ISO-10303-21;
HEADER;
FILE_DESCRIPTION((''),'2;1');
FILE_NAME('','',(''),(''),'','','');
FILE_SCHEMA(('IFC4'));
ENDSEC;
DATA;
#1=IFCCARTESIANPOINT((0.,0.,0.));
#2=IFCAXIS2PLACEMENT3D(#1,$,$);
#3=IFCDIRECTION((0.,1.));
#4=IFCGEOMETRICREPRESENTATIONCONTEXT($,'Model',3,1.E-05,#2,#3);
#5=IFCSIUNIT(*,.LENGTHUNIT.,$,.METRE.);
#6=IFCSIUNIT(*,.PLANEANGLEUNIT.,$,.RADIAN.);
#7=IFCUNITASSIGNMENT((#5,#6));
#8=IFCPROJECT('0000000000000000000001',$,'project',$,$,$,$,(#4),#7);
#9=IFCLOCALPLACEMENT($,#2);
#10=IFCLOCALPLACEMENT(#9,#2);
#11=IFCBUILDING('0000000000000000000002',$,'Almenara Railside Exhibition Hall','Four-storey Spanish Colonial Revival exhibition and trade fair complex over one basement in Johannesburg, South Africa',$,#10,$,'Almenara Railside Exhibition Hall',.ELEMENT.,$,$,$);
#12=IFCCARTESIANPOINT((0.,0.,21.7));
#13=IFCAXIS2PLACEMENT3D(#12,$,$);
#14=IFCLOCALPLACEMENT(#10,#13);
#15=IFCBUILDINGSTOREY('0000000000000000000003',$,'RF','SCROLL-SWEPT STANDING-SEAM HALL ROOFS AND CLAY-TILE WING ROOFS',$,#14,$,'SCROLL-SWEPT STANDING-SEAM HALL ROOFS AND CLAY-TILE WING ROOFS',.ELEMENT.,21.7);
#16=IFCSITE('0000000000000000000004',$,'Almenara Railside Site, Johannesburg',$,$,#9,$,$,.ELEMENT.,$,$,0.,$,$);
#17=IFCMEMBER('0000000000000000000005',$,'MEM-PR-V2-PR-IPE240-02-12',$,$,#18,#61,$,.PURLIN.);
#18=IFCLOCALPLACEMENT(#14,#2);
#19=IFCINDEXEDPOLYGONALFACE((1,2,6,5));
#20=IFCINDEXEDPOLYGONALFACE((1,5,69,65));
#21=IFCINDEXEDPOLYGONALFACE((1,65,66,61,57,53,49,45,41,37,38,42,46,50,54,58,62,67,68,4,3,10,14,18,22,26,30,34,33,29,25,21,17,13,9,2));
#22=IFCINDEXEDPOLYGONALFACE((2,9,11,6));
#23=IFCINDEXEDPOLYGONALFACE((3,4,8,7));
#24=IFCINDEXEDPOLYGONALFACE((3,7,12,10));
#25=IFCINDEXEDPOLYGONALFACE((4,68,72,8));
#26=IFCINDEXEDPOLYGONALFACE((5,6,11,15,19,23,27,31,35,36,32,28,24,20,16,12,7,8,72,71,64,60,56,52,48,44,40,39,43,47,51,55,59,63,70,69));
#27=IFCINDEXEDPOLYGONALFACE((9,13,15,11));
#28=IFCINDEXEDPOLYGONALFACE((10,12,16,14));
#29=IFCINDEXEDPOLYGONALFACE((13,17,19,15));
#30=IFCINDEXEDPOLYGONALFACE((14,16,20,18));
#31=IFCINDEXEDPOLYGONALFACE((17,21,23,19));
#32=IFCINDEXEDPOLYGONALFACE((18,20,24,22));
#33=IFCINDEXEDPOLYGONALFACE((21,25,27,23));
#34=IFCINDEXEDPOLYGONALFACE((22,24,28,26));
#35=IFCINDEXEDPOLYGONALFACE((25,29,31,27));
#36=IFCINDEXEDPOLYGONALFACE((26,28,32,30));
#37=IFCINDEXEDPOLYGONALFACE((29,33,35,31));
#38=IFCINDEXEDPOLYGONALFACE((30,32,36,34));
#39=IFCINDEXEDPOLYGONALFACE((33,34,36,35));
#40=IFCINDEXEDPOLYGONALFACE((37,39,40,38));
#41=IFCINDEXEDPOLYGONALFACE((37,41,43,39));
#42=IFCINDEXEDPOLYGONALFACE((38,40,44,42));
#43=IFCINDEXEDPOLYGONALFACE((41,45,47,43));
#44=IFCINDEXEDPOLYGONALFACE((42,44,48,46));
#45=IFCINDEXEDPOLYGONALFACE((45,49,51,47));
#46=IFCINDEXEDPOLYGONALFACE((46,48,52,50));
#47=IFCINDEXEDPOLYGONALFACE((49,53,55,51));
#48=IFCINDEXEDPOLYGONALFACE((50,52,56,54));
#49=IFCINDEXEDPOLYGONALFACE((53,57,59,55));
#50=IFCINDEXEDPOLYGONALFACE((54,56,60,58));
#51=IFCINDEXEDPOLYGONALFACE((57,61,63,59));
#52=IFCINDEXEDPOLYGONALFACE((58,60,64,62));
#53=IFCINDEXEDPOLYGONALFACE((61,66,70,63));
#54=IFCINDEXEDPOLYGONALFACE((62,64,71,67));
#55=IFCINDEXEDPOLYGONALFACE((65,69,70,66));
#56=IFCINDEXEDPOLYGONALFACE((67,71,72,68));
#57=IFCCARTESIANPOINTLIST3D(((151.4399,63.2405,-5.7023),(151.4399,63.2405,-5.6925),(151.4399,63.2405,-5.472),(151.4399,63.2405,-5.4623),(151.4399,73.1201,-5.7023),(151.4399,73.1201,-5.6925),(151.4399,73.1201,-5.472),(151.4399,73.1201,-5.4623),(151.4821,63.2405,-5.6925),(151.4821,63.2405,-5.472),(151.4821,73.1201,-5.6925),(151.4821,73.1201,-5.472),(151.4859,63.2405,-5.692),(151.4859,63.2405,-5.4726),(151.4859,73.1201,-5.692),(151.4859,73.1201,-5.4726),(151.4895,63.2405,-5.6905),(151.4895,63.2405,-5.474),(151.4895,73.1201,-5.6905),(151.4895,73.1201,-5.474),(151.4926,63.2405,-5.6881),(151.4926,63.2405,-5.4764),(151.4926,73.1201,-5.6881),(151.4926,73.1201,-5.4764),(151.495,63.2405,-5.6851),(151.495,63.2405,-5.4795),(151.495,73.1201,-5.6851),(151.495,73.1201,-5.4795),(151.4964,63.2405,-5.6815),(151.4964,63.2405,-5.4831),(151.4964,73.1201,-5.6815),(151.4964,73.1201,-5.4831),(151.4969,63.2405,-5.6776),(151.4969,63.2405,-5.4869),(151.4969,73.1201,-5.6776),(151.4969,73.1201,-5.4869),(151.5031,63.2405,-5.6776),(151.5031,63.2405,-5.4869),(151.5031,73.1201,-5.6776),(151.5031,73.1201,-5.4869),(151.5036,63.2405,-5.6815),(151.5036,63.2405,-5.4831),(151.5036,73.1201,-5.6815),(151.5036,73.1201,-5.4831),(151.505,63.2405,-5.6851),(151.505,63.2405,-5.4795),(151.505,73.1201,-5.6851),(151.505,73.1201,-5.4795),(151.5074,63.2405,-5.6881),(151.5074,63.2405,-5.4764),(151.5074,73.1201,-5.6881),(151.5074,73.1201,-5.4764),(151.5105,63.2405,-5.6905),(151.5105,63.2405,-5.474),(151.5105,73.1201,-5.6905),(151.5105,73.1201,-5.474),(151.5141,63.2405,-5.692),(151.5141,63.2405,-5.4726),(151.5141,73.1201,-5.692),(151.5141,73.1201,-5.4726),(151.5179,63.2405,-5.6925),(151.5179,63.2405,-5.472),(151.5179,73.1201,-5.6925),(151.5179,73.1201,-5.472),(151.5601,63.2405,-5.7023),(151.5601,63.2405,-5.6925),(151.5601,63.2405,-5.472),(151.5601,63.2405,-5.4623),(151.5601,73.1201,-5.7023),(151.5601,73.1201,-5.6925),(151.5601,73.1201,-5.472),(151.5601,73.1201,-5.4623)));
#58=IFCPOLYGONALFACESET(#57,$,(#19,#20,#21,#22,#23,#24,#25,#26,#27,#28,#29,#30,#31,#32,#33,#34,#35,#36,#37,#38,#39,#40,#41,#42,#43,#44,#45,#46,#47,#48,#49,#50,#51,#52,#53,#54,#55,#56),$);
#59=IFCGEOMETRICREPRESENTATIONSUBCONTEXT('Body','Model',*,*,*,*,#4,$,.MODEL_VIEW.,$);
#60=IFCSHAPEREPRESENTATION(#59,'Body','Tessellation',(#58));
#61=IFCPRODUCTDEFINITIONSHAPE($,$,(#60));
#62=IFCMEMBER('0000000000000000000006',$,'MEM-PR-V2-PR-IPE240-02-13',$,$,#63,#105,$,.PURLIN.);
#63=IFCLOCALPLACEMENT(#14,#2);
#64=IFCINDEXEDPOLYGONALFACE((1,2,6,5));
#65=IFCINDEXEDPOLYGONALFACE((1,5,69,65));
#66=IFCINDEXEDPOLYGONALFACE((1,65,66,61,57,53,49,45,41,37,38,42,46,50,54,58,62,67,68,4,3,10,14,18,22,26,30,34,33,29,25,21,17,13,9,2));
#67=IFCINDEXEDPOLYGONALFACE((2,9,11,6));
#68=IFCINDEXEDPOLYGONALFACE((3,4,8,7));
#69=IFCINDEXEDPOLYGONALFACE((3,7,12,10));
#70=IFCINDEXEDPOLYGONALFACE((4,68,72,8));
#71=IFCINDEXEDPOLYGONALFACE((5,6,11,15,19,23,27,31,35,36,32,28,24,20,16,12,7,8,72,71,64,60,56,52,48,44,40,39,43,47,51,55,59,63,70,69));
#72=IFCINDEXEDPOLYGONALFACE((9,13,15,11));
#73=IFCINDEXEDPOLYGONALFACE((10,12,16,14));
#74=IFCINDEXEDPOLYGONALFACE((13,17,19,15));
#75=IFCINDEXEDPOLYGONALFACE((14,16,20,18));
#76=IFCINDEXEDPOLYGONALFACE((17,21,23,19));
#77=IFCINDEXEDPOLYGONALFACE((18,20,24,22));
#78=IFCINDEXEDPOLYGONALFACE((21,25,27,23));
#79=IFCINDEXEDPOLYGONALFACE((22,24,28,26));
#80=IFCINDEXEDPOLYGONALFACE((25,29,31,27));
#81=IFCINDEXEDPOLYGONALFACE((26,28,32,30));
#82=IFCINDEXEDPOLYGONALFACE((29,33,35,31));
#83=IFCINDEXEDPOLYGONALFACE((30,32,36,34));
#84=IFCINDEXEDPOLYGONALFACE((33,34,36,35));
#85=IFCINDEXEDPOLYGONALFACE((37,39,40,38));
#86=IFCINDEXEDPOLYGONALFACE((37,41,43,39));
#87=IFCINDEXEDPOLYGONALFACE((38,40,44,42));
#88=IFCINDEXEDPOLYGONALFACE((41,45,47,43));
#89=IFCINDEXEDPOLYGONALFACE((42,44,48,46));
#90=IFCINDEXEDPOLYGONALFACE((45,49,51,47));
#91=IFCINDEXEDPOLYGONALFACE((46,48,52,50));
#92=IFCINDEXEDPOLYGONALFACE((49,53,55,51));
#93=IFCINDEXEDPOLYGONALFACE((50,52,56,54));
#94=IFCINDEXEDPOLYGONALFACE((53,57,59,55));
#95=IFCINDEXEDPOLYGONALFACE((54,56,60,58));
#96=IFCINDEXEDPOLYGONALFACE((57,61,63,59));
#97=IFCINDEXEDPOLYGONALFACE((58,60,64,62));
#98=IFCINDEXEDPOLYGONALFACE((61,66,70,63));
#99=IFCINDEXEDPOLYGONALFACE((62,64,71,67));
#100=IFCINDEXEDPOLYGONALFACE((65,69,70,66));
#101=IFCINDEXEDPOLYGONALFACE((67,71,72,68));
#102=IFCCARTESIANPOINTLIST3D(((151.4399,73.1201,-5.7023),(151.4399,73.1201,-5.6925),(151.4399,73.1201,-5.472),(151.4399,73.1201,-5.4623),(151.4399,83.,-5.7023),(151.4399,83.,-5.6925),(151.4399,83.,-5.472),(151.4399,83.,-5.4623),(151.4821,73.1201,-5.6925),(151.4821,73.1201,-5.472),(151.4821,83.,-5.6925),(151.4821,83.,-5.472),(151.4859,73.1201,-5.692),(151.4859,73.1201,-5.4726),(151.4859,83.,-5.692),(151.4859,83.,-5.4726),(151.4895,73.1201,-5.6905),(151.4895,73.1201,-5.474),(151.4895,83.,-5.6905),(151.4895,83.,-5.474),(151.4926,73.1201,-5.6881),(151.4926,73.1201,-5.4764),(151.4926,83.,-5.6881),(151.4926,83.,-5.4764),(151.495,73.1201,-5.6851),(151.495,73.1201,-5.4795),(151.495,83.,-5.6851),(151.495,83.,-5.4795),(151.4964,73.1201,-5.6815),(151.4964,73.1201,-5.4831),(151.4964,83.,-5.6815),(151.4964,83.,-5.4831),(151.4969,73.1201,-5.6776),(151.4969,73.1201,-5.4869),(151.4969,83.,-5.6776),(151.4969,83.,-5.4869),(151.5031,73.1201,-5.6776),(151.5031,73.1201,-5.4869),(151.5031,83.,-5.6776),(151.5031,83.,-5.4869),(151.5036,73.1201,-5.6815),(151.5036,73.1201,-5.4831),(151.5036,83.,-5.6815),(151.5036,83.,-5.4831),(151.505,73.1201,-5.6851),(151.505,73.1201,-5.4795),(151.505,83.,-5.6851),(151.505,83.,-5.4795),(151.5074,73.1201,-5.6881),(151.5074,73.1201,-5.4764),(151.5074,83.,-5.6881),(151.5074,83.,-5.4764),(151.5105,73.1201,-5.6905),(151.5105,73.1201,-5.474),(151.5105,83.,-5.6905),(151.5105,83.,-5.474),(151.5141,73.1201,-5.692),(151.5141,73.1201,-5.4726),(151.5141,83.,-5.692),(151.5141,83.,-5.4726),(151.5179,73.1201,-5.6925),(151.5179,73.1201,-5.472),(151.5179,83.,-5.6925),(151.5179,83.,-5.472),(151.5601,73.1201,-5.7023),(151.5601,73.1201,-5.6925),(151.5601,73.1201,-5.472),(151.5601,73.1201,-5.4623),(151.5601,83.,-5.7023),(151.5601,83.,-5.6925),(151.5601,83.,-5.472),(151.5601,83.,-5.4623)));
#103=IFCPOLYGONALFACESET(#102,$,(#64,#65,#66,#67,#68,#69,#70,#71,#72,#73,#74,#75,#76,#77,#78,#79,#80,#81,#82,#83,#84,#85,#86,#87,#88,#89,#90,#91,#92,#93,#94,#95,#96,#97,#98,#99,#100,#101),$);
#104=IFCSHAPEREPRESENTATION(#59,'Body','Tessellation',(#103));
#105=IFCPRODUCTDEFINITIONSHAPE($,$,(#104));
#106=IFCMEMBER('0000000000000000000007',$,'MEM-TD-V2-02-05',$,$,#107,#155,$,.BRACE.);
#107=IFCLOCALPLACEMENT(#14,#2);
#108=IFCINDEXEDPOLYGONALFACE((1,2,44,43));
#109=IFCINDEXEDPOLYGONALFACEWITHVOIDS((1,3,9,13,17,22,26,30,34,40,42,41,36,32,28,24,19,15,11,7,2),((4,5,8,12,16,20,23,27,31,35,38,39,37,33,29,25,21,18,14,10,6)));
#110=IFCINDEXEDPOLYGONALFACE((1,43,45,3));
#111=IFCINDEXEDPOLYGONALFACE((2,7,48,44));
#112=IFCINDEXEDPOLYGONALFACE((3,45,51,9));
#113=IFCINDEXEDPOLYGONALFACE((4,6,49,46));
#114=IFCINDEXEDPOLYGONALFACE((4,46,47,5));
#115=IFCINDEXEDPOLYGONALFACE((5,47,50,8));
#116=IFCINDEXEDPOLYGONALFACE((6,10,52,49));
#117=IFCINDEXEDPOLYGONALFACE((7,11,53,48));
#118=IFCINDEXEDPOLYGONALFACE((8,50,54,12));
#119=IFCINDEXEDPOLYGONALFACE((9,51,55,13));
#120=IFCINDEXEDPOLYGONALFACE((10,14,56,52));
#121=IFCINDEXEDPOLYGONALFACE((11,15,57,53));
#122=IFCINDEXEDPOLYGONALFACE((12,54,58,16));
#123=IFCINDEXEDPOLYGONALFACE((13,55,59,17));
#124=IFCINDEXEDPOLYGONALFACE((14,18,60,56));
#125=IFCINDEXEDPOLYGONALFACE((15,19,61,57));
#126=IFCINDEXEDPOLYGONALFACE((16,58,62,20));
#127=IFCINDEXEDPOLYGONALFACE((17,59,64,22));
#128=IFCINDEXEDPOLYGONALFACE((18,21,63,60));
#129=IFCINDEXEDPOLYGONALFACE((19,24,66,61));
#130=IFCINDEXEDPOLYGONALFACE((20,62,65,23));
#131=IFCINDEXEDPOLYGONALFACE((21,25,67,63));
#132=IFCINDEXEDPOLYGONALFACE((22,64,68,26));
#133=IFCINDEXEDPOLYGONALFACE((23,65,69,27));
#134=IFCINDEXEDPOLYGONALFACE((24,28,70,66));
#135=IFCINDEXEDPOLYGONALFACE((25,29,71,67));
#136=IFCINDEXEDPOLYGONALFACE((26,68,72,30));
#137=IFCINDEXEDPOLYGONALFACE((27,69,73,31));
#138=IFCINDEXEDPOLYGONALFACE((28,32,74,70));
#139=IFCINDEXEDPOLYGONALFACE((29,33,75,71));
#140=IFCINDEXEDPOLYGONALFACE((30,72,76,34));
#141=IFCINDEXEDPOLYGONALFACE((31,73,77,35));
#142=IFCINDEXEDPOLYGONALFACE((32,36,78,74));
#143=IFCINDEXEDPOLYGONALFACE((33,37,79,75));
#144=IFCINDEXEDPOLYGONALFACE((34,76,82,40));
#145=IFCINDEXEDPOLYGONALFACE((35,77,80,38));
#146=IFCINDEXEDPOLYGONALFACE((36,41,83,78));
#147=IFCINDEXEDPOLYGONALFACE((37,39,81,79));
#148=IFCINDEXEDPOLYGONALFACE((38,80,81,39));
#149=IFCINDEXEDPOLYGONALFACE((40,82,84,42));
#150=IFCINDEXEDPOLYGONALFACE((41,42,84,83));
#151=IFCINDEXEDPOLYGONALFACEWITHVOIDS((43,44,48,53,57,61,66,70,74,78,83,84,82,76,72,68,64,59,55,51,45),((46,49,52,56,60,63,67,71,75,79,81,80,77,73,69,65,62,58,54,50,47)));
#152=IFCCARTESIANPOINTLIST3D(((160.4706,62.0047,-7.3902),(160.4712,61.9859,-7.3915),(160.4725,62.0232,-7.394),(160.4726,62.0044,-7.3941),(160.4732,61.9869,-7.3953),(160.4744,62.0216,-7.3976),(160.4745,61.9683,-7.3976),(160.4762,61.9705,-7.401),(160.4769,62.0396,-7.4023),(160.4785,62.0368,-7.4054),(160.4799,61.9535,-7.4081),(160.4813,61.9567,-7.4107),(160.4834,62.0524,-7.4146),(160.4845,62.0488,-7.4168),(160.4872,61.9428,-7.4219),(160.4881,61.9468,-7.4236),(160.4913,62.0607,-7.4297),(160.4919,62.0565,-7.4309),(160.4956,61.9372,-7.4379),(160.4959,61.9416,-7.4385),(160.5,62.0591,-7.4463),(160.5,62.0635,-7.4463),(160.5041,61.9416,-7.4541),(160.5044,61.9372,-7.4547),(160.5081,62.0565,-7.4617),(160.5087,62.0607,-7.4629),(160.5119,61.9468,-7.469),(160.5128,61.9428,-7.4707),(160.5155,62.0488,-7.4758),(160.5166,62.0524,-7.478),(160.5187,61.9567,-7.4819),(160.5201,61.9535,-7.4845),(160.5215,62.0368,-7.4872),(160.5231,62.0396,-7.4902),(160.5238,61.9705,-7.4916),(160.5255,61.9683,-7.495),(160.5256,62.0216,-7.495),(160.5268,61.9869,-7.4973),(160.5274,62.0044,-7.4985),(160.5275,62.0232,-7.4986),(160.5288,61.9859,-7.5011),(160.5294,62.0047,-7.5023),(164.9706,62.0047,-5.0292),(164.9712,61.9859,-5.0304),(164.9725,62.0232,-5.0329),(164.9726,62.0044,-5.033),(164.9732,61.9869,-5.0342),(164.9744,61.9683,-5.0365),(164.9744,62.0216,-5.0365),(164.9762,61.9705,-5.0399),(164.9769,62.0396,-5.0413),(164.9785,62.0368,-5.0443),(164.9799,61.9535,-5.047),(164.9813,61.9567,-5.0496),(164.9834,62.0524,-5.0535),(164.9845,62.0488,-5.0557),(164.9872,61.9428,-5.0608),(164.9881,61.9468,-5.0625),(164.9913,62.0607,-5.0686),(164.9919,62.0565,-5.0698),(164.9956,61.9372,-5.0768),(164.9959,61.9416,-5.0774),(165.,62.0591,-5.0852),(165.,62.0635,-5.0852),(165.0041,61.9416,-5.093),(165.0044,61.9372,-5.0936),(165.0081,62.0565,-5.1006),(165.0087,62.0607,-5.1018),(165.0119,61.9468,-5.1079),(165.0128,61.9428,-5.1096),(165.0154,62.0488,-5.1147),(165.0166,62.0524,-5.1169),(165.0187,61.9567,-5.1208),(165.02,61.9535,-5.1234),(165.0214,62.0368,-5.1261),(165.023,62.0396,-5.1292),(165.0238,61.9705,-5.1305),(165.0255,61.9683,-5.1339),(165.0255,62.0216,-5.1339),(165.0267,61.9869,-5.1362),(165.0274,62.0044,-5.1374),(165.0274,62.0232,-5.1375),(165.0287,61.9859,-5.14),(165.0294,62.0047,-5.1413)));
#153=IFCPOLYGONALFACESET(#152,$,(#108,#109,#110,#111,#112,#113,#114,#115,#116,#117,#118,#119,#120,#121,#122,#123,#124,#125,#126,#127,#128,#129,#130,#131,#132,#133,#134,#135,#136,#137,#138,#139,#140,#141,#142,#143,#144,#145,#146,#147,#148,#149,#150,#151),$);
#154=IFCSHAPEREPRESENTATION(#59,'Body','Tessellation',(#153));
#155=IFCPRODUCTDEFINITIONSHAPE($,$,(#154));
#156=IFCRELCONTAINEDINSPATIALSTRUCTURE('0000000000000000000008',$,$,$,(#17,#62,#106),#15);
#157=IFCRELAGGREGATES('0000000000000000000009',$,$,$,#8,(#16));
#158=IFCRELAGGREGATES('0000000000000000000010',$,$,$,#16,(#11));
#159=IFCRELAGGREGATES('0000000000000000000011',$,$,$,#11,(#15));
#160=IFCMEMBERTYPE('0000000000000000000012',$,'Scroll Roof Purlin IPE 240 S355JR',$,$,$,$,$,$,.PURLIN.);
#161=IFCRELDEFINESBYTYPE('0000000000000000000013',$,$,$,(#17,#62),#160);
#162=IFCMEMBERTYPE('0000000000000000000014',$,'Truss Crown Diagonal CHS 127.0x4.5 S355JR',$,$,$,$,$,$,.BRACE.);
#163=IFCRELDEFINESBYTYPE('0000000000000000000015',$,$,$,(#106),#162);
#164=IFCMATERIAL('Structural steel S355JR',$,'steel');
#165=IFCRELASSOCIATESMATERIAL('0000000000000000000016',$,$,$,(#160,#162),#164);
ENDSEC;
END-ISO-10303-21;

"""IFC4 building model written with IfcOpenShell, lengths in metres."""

from ifc_helpers import new_model, si_unit, direction, frame, origin, origin_2d, place, context, subcontext, project, spatial, hollow_circle, i_section, extrude, material, material_profile, profile_set, type_object, element, save


model = new_model("IFC4")

# Units and contexts
model_context = context("Model", 3, precision=1e-05, world=origin(), true_north=direction((0.0, 1.0)))
body_context = subcontext(model_context, "Body", "Model", "MODEL_VIEW")
ifc_project = project(units=[si_unit("LENGTHUNIT", "METRE"), si_unit("PLANEANGLEUNIT", "RADIAN")], contexts=[model_context])

# Site, building, storey
site_placement = place(None, origin())
site = spatial("IfcSite", under=ifc_project, at=site_placement, Name="Almenara Railside Site, Johannesburg", CompositionType="ELEMENT", RefElevation=0.0)
building_placement = place(site_placement, origin())
building = spatial("IfcBuilding", under=site, at=building_placement, Name="Almenara Railside Exhibition Hall", Description="Four-storey Spanish Colonial Revival exhibition and trade fair complex over one basement in Johannesburg, South Africa", LongName="Almenara Railside Exhibition Hall", CompositionType="ELEMENT")
storey_placement = place(building_placement, frame((0.0, 0.0, 21.7)))
storey = spatial("IfcBuildingStorey", under=building, at=storey_placement, Name="RF", Description="SCROLL-SWEPT STANDING-SEAM HALL ROOFS AND CLAY-TILE WING ROOFS", LongName="SCROLL-SWEPT STANDING-SEAM HALL ROOFS AND CLAY-TILE WING ROOFS", CompositionType="ELEMENT", Elevation=21.7)

# Members
ifc_material_1 = material(Name="Structural steel S355JR", Category="steel")
ifc_material_profile_1 = material_profile(ifc_material_1, i_section(OverallWidth=0.1201, OverallDepth=0.24, WebThickness=0.0061, FlangeThickness=0.0098, FilletRadius=0.0149, at=origin_2d()), Name="IPE 240")
ifc_profile_set_1 = profile_set([ifc_material_profile_1], Name="Structural steel S355JR")
member_type_1 = type_object("IfcMemberType", Name="Scroll Roof Purlin IPE 240 S355JR", PredefinedType="PURLIN", material=ifc_profile_set_1)
member_1_placement = place(storey_placement, frame((151.5, 63.2405, -5.5823), z_axis=(0.0, 1.0, 0.0), x_axis=(-1.0, 0.0, 0.0)))
element("IfcMember", 1, at=member_1_placement, inside=storey, type_object=member_type_1, Name="MEM-PR-V2-PR-IPE240-02-12", PredefinedType="PURLIN", context=body_context, shape_type="SweptSolid", body=[
    extrude(i_section(OverallWidth=0.1201, OverallDepth=0.24, WebThickness=0.0061, FlangeThickness=0.0098, FilletRadius=0.0149, at=origin_2d()), origin(), (0.0, 0.0, 1.0), 9.8796),
])
member_2_placement = place(storey_placement, frame((151.5, 73.1201, -5.5823), z_axis=(0.0, 1.0, 0.0), x_axis=(-1.0, 0.0, 0.0)))
element("IfcMember", 2, at=member_2_placement, inside=storey, type_object=member_type_1, Name="MEM-PR-V2-PR-IPE240-02-13", PredefinedType="PURLIN", context=body_context, shape_type="SweptSolid", body=[
    extrude(i_section(OverallWidth=0.1201, OverallDepth=0.24, WebThickness=0.0061, FlangeThickness=0.0098, FilletRadius=0.0149, at=origin_2d()), origin(), (0.0, 0.0, 1.0), 9.8799),
])
ifc_material_profile_2 = material_profile(ifc_material_1, hollow_circle(Radius=0.0635, WallThickness=0.0044, at=origin_2d()), Name="CHS 127.0x4.5")
ifc_profile_set_2 = profile_set([ifc_material_profile_2], Name="Structural steel S355JR")
member_type_2 = type_object("IfcMemberType", Name="Truss Crown Diagonal CHS 127.0x4.5 S355JR", PredefinedType="BRACE", material=ifc_profile_set_2)
for number, where, z_axis, x_axis, name in (
    (3, (160.5, 62.0, -7.4463), (0.885513, 0.0, 0.464615), (0.0, 1.0, 0.0), "MEM-TD-V2-02-05"),
):
    element("IfcMember", number, at=place(storey_placement, frame(where, z_axis=z_axis, x_axis=x_axis)), inside=storey, type_object=member_type_2, Name=name, PredefinedType="BRACE", context=body_context, shape_type="SweptSolid", body=[
        extrude(hollow_circle(Radius=0.0635, WallThickness=0.0044, at=origin_2d()), origin(), (0.0, 0.0, 1.0), 5.0818),
    ])

save(model, "model.ifc")
